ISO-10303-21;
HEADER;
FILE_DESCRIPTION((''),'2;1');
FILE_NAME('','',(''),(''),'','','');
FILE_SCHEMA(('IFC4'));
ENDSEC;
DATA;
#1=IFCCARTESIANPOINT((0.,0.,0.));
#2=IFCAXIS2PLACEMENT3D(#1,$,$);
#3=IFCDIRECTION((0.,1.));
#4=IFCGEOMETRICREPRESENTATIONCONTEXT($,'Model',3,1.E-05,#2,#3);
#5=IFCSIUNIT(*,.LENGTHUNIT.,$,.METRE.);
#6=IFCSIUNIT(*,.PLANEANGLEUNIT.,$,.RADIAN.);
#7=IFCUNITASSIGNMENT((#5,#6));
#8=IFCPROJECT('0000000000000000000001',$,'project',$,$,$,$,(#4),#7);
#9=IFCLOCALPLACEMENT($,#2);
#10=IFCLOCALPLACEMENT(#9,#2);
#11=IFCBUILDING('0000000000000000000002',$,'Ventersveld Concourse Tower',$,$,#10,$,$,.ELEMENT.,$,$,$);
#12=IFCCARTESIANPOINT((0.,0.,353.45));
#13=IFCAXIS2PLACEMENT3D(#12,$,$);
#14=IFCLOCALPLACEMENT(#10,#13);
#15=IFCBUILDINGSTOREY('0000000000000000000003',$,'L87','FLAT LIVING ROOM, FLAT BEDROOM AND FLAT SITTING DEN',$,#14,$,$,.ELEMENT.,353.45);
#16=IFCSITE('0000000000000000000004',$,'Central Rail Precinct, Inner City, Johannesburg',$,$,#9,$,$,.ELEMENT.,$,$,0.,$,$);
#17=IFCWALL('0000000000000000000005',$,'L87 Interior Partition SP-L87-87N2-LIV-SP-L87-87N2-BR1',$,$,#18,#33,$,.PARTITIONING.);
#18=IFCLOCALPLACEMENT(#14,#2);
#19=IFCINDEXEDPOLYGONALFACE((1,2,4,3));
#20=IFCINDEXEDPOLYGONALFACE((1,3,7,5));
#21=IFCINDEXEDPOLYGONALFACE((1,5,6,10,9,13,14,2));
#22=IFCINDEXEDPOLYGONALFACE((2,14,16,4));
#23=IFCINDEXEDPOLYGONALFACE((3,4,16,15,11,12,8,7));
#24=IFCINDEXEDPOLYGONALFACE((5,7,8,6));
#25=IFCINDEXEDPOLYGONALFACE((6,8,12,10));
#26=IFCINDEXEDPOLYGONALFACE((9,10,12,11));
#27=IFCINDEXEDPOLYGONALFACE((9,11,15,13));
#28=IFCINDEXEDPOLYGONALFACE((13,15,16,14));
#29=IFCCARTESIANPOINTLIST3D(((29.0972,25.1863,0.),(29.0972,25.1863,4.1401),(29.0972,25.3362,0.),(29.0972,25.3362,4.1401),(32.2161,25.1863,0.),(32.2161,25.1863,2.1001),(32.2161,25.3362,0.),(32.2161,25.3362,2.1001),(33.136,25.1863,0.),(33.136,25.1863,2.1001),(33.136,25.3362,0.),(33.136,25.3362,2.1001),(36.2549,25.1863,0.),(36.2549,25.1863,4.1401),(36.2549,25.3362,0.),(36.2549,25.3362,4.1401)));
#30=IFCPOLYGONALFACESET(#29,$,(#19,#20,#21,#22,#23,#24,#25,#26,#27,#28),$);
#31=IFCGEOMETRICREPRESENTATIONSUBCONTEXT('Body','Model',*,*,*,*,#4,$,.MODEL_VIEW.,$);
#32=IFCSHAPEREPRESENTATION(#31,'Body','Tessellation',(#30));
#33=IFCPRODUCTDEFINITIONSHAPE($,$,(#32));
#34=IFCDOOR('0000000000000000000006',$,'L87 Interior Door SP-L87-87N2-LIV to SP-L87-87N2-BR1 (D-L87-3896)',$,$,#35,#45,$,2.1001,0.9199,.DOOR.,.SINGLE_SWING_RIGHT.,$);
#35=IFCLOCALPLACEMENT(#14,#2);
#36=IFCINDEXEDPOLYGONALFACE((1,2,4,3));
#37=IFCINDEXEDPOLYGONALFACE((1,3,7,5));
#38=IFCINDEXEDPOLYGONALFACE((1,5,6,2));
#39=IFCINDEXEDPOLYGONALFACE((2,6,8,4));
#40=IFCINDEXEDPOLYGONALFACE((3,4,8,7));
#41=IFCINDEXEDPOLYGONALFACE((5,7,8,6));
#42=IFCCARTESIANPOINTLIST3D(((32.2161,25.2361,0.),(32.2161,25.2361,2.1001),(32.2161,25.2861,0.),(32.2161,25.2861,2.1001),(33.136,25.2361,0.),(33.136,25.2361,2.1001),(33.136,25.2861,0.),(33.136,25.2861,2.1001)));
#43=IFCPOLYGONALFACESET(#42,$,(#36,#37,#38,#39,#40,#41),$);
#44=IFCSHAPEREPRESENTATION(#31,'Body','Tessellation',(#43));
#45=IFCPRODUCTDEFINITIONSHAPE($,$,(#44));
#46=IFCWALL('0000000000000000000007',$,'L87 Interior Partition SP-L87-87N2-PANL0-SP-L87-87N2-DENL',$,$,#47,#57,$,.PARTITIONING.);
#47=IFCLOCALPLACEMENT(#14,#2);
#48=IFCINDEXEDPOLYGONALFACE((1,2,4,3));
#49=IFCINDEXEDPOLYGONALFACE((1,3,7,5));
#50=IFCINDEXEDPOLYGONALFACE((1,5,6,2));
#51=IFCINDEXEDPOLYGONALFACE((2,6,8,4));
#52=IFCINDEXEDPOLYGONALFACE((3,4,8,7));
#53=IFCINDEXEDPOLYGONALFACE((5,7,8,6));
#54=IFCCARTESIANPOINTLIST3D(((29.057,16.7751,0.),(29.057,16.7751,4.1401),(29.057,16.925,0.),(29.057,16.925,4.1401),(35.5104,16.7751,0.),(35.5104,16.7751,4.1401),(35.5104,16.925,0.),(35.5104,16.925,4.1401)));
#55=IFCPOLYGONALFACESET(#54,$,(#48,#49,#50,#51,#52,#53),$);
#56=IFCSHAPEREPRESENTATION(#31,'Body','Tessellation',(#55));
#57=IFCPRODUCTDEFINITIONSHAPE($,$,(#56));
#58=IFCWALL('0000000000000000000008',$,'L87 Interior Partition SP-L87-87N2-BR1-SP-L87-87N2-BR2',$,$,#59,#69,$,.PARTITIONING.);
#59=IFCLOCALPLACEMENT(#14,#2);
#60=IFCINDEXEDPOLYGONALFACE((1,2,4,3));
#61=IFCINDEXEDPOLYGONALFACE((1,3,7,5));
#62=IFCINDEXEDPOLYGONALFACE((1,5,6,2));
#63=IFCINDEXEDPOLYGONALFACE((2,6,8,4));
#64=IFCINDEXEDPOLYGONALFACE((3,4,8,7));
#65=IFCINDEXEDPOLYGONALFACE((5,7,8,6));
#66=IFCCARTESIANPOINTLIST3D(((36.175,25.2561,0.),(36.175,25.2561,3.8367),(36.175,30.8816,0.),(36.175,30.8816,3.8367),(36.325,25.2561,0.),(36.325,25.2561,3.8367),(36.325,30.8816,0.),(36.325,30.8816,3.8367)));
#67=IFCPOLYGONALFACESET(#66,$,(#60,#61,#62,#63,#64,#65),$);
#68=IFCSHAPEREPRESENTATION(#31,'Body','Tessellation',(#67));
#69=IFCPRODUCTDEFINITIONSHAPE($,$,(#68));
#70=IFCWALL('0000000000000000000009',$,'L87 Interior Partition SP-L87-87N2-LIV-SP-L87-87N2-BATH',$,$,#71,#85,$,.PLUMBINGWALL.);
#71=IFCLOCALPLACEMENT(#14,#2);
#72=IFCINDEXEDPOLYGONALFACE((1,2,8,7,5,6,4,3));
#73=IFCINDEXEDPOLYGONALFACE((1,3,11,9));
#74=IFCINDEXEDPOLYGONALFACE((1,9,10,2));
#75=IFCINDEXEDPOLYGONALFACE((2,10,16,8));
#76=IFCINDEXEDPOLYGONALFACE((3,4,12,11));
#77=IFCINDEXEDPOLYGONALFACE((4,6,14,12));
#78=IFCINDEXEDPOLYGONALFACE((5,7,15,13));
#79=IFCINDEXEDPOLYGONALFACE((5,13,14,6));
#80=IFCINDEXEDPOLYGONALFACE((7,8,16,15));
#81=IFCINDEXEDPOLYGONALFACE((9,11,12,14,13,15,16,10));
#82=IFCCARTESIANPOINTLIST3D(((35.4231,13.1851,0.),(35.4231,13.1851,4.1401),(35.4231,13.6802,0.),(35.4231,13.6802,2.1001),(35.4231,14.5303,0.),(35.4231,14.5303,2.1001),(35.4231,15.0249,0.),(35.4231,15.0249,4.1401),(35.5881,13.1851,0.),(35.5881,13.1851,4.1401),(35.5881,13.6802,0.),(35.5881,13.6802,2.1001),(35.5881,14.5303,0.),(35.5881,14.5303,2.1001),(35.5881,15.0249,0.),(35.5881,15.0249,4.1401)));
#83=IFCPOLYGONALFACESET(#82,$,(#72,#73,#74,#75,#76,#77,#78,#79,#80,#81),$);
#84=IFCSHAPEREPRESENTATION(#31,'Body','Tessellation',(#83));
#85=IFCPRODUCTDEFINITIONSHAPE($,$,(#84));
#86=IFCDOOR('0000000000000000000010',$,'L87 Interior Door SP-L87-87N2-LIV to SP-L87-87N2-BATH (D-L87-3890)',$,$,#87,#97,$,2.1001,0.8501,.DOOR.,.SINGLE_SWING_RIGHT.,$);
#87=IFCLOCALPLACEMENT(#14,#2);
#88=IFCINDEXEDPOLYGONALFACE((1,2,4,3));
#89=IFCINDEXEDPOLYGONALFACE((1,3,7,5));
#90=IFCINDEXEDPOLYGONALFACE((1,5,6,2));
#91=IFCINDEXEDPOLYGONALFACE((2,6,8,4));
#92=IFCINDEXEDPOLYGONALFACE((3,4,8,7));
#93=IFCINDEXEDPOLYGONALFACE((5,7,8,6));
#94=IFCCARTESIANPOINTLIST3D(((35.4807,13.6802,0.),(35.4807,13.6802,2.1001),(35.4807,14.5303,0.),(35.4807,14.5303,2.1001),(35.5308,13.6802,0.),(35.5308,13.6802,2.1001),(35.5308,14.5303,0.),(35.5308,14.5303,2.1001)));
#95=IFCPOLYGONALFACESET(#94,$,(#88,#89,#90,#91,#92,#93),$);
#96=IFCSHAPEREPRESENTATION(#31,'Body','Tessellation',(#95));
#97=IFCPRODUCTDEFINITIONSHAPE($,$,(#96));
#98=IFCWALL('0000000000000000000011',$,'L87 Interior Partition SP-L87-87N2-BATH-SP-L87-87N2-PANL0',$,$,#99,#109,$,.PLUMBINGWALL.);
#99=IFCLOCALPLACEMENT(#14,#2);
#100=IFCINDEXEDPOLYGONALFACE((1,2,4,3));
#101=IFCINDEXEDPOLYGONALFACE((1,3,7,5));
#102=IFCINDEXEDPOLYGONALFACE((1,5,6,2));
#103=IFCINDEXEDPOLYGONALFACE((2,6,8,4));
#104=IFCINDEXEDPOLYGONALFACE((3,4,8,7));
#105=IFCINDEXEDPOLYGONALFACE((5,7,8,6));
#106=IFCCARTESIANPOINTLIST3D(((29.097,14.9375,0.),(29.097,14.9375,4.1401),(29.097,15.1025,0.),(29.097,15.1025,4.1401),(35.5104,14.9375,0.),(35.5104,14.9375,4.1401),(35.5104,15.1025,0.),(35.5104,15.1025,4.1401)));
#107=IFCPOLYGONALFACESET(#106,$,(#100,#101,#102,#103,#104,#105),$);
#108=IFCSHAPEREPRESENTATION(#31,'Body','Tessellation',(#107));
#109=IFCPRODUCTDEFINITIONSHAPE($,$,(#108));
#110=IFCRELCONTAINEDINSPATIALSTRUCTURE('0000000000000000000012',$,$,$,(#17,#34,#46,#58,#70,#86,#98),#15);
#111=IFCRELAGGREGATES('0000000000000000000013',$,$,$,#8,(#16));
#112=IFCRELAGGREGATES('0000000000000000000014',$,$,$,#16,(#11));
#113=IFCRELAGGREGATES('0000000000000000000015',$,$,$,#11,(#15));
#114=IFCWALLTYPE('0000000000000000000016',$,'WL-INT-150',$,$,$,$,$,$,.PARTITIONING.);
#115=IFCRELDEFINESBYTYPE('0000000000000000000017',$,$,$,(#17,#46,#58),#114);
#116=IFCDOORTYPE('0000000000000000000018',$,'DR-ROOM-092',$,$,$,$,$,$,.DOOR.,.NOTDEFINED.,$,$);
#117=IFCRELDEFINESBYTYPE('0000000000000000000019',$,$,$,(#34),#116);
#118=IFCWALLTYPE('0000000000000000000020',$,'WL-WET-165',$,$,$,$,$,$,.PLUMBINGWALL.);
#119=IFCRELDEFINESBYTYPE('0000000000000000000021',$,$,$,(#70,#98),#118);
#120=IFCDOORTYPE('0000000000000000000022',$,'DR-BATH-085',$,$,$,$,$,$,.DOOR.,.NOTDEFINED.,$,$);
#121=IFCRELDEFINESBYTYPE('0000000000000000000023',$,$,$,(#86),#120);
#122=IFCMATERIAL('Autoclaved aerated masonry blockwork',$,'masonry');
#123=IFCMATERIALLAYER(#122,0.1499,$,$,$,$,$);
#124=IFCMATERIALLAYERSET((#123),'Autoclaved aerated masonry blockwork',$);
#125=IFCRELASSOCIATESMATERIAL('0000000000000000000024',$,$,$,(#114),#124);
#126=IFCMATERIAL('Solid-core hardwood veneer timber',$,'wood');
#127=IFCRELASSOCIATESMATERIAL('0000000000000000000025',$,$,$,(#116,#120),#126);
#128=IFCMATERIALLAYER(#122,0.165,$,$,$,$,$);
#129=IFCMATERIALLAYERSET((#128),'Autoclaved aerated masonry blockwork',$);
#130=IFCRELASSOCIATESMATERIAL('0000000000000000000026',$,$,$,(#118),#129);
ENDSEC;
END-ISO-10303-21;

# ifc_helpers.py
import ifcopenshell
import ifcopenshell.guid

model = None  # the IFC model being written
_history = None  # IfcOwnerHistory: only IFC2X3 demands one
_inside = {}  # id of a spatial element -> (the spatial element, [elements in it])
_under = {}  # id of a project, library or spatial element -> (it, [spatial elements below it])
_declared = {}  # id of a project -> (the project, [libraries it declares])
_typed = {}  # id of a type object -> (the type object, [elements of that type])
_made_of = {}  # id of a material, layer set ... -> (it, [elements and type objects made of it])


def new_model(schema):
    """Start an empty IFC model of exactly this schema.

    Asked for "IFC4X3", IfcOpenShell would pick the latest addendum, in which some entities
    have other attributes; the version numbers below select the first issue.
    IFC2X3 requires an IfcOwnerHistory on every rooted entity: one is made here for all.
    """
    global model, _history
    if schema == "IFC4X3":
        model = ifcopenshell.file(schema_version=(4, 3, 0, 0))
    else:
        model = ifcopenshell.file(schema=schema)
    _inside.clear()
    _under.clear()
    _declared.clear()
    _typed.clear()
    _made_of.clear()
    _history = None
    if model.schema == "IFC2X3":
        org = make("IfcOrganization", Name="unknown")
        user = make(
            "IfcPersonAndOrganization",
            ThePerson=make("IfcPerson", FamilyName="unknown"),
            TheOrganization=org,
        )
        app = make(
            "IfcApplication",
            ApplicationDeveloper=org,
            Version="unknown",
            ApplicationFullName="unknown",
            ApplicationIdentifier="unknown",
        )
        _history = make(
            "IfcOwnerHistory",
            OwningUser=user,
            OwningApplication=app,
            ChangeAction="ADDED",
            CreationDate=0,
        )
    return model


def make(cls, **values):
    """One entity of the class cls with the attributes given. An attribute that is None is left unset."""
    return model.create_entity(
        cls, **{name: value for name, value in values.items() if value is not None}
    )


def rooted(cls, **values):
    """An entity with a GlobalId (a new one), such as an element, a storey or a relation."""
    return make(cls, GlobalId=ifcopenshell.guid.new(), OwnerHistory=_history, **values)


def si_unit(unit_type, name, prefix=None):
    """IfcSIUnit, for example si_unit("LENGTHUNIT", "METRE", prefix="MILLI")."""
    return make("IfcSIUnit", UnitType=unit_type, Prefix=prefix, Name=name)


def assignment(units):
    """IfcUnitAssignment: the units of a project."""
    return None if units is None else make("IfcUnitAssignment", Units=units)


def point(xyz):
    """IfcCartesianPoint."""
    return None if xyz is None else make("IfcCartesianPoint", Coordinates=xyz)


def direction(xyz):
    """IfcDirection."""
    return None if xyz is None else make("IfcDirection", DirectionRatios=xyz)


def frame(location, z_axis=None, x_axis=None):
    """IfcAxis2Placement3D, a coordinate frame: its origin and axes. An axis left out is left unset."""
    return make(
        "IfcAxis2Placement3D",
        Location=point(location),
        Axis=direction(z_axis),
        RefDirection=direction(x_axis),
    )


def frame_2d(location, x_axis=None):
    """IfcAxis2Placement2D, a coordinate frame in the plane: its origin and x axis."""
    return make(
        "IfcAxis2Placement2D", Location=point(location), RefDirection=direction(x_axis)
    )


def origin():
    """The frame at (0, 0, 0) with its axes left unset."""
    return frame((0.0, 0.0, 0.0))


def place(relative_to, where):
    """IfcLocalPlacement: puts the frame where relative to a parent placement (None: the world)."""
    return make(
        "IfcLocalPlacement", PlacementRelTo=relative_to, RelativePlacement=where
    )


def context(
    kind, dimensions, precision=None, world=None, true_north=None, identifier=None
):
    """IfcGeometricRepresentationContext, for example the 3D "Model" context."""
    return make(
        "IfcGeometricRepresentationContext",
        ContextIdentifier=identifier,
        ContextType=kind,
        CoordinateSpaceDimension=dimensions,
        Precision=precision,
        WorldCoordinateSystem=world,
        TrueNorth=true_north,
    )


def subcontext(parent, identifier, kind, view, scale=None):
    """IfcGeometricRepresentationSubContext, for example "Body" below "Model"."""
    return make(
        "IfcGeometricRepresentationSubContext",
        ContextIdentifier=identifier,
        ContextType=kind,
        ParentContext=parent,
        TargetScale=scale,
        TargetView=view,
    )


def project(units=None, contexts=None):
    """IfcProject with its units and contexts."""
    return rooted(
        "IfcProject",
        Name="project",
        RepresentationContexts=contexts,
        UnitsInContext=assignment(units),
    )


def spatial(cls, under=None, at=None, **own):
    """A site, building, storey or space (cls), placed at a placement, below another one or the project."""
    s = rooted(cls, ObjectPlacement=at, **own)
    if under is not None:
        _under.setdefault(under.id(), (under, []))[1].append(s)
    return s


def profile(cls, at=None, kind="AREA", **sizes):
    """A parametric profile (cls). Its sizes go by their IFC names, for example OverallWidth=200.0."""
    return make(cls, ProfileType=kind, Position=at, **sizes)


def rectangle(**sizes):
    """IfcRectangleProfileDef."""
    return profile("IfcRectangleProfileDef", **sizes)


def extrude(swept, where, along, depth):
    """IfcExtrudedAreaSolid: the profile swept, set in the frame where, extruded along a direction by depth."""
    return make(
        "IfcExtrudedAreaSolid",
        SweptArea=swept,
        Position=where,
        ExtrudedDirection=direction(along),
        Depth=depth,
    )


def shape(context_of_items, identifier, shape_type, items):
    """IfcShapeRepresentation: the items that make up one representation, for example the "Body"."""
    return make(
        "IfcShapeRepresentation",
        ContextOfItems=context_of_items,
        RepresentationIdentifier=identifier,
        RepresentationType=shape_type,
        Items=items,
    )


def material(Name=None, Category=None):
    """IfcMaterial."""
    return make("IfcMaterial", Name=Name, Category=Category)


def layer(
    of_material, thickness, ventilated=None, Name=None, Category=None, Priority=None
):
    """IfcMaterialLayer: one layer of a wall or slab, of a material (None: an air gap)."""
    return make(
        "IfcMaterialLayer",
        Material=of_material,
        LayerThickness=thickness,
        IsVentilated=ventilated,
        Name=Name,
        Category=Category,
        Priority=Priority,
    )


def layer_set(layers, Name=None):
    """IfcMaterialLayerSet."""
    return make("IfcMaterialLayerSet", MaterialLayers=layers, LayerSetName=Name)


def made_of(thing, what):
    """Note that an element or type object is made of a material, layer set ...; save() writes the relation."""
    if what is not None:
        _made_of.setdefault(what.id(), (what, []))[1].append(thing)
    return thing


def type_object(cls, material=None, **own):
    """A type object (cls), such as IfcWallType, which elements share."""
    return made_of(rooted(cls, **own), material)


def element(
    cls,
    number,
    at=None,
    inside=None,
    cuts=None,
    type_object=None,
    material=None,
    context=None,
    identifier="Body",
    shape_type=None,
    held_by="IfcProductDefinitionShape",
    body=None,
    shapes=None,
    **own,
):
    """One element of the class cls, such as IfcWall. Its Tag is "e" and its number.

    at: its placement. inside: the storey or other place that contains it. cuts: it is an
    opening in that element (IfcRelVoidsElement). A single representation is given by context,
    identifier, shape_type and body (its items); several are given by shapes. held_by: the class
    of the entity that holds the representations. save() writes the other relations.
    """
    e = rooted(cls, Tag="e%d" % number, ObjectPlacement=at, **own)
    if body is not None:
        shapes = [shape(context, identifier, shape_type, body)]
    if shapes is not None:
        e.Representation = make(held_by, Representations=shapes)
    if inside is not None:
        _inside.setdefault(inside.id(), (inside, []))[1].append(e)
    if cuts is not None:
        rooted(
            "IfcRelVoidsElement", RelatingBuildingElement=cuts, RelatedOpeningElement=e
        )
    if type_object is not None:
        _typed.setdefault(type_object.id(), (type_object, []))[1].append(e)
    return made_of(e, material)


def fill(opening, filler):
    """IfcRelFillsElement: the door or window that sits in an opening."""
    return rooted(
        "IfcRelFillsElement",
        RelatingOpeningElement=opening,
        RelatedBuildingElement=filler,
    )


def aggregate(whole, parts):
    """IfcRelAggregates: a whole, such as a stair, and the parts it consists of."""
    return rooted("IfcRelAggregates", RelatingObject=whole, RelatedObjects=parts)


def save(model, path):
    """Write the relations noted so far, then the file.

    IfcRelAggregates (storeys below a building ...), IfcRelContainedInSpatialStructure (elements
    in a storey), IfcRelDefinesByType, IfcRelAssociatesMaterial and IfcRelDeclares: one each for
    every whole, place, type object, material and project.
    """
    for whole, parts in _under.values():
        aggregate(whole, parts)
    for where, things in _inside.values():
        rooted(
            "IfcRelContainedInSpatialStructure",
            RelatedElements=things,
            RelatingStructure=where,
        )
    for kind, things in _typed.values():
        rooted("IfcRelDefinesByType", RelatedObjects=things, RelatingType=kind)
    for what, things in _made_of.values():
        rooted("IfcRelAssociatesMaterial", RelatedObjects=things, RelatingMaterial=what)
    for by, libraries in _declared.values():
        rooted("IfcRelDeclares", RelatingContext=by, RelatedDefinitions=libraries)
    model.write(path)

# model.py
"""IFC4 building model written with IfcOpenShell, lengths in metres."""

from ifc_helpers import new_model, si_unit, direction, frame, frame_2d, origin, place, context, subcontext, project, spatial, rectangle, extrude, material, layer, layer_set, type_object, element, fill, save


model = new_model("IFC4")

# Units and contexts
model_context = context("Model", 3, precision=1e-05, world=origin(), true_north=direction((0.0, 1.0)))
body_context = subcontext(model_context, "Body", "Model", "MODEL_VIEW")
ifc_project = project(units=[si_unit("LENGTHUNIT", "METRE"), si_unit("PLANEANGLEUNIT", "RADIAN")], contexts=[model_context])

# Site, building, storey
site_placement = place(None, origin())
site = spatial("IfcSite", under=ifc_project, at=site_placement, Name="Central Rail Precinct, Inner City, Johannesburg", CompositionType="ELEMENT", RefElevation=0.0)
building_placement = place(site_placement, origin())
building = spatial("IfcBuilding", under=site, at=building_placement, Name="Ventersveld Concourse Tower", CompositionType="ELEMENT")
storey_placement = place(building_placement, frame((0.0, 0.0, 353.45)))
storey = spatial("IfcBuildingStorey", under=building, at=storey_placement, Name="L87", Description="FLAT LIVING ROOM, FLAT BEDROOM AND FLAT SITTING DEN", CompositionType="ELEMENT", Elevation=353.45)

# Shared definitions
ifc_material_1 = material(Name="Solid-core hardwood veneer timber", Category="wood")

# Shared definitions
ifc_material_2 = material(Name="Autoclaved aerated masonry blockwork", Category="masonry")
ifc_layer_1 = layer(ifc_material_2, 0.1499)
ifc_layer_set_1 = layer_set([ifc_layer_1], Name="Autoclaved aerated masonry blockwork")
wall_type_1 = type_object("IfcWallType", Name="WL-INT-150", PredefinedType="PARTITIONING", material=ifc_layer_set_1)
door_type_1 = type_object("IfcDoorType", Name="DR-ROOM-092", OperationType="NOTDEFINED", PredefinedType="DOOR", material=ifc_material_1)

# Wall, opening, door
wall_1_placement = place(storey_placement, frame((29.0972, 25.2612, 0.0), z_axis=(0.0, 0.0, 1.0), x_axis=(1.0, 0.0, 0.0)))
wall_1 = element("IfcWall", 1, at=wall_1_placement, inside=storey, type_object=wall_type_1, Name="L87 Interior Partition SP-L87-87N2-LIV-SP-L87-87N2-BR1", PredefinedType="PARTITIONING", context=body_context, shape_type="SweptSolid", body=[
    extrude(rectangle(XDim=7.1577, YDim=0.1499, at=frame_2d((3.5789, 0.0))), origin(), (0.0, 0.0, 1.0), 4.1401),
])
opening_1_placement = place(wall_1_placement, frame((3.1189, 0.0, 0.0)))
opening_1 = element("IfcOpeningElement", 2, at=opening_1_placement, cuts=wall_1, PredefinedType="OPENING", context=body_context, shape_type="SweptSolid", body=[
    extrude(rectangle(XDim=0.9199, YDim=2.1001, at=frame_2d((0.46, 1.05))), frame((0.0, 0.085, 0.0), z_axis=(0.0, -1.0, 0.0), x_axis=(1.0, 0.0, 0.0)), (0.0, 0.0, 1.0), 0.1699),
])
door_1_placement = place(opening_1_placement, origin())
door_1 = element("IfcDoor", 3, at=door_1_placement, inside=storey, type_object=door_type_1, Name="L87 Interior Door SP-L87-87N2-LIV to SP-L87-87N2-BR1 (D-L87-3896)", OperationType="SINGLE_SWING_RIGHT", OverallHeight=2.1001, OverallWidth=0.9199, PredefinedType="DOOR", context=body_context, shape_type="SweptSolid", body=[
    extrude(rectangle(XDim=0.9199, YDim=2.1001, at=frame_2d((0.46, 1.05))), frame((0.0, 0.0249, 0.0), z_axis=(0.0, -1.0, 0.0), x_axis=(1.0, 0.0, 0.0)), (0.0, 0.0, 1.0), 0.05),
])
fill(opening_1, door_1)

# Walls
wall_2_placement = place(storey_placement, frame((29.0571, 16.8501, 0.0), z_axis=(0.0, 0.0, 1.0), x_axis=(1.0, 0.0, 0.0)))
element("IfcWall", 4, at=wall_2_placement, inside=storey, type_object=wall_type_1, Name="L87 Interior Partition SP-L87-87N2-PANL0-SP-L87-87N2-DENL", PredefinedType="PARTITIONING", context=body_context, shape_type="SweptSolid", body=[
    extrude(rectangle(XDim=6.4534, YDim=0.1499, at=frame_2d((3.2266, 0.0))), origin(), (0.0, 0.0, 1.0), 4.1401),
])
wall_3_placement = place(storey_placement, frame((36.25, 25.2561, 0.0), z_axis=(0.0, 0.0, 1.0), x_axis=(0.0, 1.0, 0.0)))
element("IfcWall", 5, at=wall_3_placement, inside=storey, type_object=wall_type_1, Name="L87 Interior Partition SP-L87-87N2-BR1-SP-L87-87N2-BR2", PredefinedType="PARTITIONING", context=body_context, shape_type="SweptSolid", body=[
    extrude(rectangle(XDim=5.6255, YDim=0.1499, at=frame_2d((2.8127, 0.0))), origin(), (0.0, 0.0, 1.0), 3.8367),
])

# Wall, opening, door
ifc_layer_2 = layer(ifc_material_2, 0.165)
ifc_layer_set_2 = layer_set([ifc_layer_2], Name="Autoclaved aerated masonry blockwork")
wall_type_2 = type_object("IfcWallType", Name="WL-WET-165", PredefinedType="PLUMBINGWALL", material=ifc_layer_set_2)
wall_4_placement = place(storey_placement, frame((35.5056, 13.1851, 0.0), z_axis=(0.0, 0.0, 1.0), x_axis=(0.0, 1.0, 0.0)))
wall_4 = element("IfcWall", 6, at=wall_4_placement, inside=storey, type_object=wall_type_2, Name="L87 Interior Partition SP-L87-87N2-LIV-SP-L87-87N2-BATH", PredefinedType="PLUMBINGWALL", context=body_context, shape_type="SweptSolid", body=[
    extrude(rectangle(XDim=1.8398, YDim=0.165, at=frame_2d((0.9199, 0.0))), origin(), (0.0, 0.0, 1.0), 4.1401),
])
opening_2_placement = place(wall_4_placement, frame((0.4951, 0.0, 0.0)))
opening_2 = element("IfcOpeningElement", 7, at=opening_2_placement, cuts=wall_4, PredefinedType="OPENING", context=body_context, shape_type="SweptSolid", body=[
    extrude(rectangle(XDim=0.8501, YDim=2.1001, at=frame_2d((0.425, 1.05))), frame((0.0, 0.0925, 0.0), z_axis=(0.0, -1.0, 0.0), x_axis=(1.0, 0.0, 0.0)), (0.0, 0.0, 1.0), 0.1851),
])
door_type_2 = type_object("IfcDoorType", Name="DR-BATH-085", OperationType="NOTDEFINED", PredefinedType="DOOR", material=ifc_material_1)
door_2_placement = place(opening_2_placement, origin())
door_2 = element("IfcDoor", 8, at=door_2_placement, inside=storey, type_object=door_type_2, Name="L87 Interior Door SP-L87-87N2-LIV to SP-L87-87N2-BATH (D-L87-3890)", OperationType="SINGLE_SWING_RIGHT", OverallHeight=2.1001, OverallWidth=0.8501, PredefinedType="DOOR", context=body_context, shape_type="SweptSolid", body=[
    extrude(rectangle(XDim=0.8501, YDim=2.1001, at=frame_2d((0.425, 1.05))), frame((0.0, 0.0249, 0.0), z_axis=(0.0, -1.0, 0.0), x_axis=(1.0, 0.0, 0.0)), (0.0, 0.0, 1.0), 0.05),
])
fill(opening_2, door_2)

# Wall
wall_5_placement = place(storey_placement, frame((29.0972, 15.02, 0.0), z_axis=(0.0, 0.0, 1.0), x_axis=(1.0, 0.0, 0.0)))
element("IfcWall", 9, at=wall_5_placement, inside=storey, type_object=wall_type_2, Name="L87 Interior Partition SP-L87-87N2-BATH-SP-L87-87N2-PANL0", PredefinedType="PLUMBINGWALL", context=body_context, shape_type="SweptSolid", body=[
    extrude(rectangle(XDim=6.4133, YDim=0.165, at=frame_2d((3.2065, 0.0))), origin(), (0.0, 0.0, 1.0), 4.1401),
])

save(model, "model.ifc")
